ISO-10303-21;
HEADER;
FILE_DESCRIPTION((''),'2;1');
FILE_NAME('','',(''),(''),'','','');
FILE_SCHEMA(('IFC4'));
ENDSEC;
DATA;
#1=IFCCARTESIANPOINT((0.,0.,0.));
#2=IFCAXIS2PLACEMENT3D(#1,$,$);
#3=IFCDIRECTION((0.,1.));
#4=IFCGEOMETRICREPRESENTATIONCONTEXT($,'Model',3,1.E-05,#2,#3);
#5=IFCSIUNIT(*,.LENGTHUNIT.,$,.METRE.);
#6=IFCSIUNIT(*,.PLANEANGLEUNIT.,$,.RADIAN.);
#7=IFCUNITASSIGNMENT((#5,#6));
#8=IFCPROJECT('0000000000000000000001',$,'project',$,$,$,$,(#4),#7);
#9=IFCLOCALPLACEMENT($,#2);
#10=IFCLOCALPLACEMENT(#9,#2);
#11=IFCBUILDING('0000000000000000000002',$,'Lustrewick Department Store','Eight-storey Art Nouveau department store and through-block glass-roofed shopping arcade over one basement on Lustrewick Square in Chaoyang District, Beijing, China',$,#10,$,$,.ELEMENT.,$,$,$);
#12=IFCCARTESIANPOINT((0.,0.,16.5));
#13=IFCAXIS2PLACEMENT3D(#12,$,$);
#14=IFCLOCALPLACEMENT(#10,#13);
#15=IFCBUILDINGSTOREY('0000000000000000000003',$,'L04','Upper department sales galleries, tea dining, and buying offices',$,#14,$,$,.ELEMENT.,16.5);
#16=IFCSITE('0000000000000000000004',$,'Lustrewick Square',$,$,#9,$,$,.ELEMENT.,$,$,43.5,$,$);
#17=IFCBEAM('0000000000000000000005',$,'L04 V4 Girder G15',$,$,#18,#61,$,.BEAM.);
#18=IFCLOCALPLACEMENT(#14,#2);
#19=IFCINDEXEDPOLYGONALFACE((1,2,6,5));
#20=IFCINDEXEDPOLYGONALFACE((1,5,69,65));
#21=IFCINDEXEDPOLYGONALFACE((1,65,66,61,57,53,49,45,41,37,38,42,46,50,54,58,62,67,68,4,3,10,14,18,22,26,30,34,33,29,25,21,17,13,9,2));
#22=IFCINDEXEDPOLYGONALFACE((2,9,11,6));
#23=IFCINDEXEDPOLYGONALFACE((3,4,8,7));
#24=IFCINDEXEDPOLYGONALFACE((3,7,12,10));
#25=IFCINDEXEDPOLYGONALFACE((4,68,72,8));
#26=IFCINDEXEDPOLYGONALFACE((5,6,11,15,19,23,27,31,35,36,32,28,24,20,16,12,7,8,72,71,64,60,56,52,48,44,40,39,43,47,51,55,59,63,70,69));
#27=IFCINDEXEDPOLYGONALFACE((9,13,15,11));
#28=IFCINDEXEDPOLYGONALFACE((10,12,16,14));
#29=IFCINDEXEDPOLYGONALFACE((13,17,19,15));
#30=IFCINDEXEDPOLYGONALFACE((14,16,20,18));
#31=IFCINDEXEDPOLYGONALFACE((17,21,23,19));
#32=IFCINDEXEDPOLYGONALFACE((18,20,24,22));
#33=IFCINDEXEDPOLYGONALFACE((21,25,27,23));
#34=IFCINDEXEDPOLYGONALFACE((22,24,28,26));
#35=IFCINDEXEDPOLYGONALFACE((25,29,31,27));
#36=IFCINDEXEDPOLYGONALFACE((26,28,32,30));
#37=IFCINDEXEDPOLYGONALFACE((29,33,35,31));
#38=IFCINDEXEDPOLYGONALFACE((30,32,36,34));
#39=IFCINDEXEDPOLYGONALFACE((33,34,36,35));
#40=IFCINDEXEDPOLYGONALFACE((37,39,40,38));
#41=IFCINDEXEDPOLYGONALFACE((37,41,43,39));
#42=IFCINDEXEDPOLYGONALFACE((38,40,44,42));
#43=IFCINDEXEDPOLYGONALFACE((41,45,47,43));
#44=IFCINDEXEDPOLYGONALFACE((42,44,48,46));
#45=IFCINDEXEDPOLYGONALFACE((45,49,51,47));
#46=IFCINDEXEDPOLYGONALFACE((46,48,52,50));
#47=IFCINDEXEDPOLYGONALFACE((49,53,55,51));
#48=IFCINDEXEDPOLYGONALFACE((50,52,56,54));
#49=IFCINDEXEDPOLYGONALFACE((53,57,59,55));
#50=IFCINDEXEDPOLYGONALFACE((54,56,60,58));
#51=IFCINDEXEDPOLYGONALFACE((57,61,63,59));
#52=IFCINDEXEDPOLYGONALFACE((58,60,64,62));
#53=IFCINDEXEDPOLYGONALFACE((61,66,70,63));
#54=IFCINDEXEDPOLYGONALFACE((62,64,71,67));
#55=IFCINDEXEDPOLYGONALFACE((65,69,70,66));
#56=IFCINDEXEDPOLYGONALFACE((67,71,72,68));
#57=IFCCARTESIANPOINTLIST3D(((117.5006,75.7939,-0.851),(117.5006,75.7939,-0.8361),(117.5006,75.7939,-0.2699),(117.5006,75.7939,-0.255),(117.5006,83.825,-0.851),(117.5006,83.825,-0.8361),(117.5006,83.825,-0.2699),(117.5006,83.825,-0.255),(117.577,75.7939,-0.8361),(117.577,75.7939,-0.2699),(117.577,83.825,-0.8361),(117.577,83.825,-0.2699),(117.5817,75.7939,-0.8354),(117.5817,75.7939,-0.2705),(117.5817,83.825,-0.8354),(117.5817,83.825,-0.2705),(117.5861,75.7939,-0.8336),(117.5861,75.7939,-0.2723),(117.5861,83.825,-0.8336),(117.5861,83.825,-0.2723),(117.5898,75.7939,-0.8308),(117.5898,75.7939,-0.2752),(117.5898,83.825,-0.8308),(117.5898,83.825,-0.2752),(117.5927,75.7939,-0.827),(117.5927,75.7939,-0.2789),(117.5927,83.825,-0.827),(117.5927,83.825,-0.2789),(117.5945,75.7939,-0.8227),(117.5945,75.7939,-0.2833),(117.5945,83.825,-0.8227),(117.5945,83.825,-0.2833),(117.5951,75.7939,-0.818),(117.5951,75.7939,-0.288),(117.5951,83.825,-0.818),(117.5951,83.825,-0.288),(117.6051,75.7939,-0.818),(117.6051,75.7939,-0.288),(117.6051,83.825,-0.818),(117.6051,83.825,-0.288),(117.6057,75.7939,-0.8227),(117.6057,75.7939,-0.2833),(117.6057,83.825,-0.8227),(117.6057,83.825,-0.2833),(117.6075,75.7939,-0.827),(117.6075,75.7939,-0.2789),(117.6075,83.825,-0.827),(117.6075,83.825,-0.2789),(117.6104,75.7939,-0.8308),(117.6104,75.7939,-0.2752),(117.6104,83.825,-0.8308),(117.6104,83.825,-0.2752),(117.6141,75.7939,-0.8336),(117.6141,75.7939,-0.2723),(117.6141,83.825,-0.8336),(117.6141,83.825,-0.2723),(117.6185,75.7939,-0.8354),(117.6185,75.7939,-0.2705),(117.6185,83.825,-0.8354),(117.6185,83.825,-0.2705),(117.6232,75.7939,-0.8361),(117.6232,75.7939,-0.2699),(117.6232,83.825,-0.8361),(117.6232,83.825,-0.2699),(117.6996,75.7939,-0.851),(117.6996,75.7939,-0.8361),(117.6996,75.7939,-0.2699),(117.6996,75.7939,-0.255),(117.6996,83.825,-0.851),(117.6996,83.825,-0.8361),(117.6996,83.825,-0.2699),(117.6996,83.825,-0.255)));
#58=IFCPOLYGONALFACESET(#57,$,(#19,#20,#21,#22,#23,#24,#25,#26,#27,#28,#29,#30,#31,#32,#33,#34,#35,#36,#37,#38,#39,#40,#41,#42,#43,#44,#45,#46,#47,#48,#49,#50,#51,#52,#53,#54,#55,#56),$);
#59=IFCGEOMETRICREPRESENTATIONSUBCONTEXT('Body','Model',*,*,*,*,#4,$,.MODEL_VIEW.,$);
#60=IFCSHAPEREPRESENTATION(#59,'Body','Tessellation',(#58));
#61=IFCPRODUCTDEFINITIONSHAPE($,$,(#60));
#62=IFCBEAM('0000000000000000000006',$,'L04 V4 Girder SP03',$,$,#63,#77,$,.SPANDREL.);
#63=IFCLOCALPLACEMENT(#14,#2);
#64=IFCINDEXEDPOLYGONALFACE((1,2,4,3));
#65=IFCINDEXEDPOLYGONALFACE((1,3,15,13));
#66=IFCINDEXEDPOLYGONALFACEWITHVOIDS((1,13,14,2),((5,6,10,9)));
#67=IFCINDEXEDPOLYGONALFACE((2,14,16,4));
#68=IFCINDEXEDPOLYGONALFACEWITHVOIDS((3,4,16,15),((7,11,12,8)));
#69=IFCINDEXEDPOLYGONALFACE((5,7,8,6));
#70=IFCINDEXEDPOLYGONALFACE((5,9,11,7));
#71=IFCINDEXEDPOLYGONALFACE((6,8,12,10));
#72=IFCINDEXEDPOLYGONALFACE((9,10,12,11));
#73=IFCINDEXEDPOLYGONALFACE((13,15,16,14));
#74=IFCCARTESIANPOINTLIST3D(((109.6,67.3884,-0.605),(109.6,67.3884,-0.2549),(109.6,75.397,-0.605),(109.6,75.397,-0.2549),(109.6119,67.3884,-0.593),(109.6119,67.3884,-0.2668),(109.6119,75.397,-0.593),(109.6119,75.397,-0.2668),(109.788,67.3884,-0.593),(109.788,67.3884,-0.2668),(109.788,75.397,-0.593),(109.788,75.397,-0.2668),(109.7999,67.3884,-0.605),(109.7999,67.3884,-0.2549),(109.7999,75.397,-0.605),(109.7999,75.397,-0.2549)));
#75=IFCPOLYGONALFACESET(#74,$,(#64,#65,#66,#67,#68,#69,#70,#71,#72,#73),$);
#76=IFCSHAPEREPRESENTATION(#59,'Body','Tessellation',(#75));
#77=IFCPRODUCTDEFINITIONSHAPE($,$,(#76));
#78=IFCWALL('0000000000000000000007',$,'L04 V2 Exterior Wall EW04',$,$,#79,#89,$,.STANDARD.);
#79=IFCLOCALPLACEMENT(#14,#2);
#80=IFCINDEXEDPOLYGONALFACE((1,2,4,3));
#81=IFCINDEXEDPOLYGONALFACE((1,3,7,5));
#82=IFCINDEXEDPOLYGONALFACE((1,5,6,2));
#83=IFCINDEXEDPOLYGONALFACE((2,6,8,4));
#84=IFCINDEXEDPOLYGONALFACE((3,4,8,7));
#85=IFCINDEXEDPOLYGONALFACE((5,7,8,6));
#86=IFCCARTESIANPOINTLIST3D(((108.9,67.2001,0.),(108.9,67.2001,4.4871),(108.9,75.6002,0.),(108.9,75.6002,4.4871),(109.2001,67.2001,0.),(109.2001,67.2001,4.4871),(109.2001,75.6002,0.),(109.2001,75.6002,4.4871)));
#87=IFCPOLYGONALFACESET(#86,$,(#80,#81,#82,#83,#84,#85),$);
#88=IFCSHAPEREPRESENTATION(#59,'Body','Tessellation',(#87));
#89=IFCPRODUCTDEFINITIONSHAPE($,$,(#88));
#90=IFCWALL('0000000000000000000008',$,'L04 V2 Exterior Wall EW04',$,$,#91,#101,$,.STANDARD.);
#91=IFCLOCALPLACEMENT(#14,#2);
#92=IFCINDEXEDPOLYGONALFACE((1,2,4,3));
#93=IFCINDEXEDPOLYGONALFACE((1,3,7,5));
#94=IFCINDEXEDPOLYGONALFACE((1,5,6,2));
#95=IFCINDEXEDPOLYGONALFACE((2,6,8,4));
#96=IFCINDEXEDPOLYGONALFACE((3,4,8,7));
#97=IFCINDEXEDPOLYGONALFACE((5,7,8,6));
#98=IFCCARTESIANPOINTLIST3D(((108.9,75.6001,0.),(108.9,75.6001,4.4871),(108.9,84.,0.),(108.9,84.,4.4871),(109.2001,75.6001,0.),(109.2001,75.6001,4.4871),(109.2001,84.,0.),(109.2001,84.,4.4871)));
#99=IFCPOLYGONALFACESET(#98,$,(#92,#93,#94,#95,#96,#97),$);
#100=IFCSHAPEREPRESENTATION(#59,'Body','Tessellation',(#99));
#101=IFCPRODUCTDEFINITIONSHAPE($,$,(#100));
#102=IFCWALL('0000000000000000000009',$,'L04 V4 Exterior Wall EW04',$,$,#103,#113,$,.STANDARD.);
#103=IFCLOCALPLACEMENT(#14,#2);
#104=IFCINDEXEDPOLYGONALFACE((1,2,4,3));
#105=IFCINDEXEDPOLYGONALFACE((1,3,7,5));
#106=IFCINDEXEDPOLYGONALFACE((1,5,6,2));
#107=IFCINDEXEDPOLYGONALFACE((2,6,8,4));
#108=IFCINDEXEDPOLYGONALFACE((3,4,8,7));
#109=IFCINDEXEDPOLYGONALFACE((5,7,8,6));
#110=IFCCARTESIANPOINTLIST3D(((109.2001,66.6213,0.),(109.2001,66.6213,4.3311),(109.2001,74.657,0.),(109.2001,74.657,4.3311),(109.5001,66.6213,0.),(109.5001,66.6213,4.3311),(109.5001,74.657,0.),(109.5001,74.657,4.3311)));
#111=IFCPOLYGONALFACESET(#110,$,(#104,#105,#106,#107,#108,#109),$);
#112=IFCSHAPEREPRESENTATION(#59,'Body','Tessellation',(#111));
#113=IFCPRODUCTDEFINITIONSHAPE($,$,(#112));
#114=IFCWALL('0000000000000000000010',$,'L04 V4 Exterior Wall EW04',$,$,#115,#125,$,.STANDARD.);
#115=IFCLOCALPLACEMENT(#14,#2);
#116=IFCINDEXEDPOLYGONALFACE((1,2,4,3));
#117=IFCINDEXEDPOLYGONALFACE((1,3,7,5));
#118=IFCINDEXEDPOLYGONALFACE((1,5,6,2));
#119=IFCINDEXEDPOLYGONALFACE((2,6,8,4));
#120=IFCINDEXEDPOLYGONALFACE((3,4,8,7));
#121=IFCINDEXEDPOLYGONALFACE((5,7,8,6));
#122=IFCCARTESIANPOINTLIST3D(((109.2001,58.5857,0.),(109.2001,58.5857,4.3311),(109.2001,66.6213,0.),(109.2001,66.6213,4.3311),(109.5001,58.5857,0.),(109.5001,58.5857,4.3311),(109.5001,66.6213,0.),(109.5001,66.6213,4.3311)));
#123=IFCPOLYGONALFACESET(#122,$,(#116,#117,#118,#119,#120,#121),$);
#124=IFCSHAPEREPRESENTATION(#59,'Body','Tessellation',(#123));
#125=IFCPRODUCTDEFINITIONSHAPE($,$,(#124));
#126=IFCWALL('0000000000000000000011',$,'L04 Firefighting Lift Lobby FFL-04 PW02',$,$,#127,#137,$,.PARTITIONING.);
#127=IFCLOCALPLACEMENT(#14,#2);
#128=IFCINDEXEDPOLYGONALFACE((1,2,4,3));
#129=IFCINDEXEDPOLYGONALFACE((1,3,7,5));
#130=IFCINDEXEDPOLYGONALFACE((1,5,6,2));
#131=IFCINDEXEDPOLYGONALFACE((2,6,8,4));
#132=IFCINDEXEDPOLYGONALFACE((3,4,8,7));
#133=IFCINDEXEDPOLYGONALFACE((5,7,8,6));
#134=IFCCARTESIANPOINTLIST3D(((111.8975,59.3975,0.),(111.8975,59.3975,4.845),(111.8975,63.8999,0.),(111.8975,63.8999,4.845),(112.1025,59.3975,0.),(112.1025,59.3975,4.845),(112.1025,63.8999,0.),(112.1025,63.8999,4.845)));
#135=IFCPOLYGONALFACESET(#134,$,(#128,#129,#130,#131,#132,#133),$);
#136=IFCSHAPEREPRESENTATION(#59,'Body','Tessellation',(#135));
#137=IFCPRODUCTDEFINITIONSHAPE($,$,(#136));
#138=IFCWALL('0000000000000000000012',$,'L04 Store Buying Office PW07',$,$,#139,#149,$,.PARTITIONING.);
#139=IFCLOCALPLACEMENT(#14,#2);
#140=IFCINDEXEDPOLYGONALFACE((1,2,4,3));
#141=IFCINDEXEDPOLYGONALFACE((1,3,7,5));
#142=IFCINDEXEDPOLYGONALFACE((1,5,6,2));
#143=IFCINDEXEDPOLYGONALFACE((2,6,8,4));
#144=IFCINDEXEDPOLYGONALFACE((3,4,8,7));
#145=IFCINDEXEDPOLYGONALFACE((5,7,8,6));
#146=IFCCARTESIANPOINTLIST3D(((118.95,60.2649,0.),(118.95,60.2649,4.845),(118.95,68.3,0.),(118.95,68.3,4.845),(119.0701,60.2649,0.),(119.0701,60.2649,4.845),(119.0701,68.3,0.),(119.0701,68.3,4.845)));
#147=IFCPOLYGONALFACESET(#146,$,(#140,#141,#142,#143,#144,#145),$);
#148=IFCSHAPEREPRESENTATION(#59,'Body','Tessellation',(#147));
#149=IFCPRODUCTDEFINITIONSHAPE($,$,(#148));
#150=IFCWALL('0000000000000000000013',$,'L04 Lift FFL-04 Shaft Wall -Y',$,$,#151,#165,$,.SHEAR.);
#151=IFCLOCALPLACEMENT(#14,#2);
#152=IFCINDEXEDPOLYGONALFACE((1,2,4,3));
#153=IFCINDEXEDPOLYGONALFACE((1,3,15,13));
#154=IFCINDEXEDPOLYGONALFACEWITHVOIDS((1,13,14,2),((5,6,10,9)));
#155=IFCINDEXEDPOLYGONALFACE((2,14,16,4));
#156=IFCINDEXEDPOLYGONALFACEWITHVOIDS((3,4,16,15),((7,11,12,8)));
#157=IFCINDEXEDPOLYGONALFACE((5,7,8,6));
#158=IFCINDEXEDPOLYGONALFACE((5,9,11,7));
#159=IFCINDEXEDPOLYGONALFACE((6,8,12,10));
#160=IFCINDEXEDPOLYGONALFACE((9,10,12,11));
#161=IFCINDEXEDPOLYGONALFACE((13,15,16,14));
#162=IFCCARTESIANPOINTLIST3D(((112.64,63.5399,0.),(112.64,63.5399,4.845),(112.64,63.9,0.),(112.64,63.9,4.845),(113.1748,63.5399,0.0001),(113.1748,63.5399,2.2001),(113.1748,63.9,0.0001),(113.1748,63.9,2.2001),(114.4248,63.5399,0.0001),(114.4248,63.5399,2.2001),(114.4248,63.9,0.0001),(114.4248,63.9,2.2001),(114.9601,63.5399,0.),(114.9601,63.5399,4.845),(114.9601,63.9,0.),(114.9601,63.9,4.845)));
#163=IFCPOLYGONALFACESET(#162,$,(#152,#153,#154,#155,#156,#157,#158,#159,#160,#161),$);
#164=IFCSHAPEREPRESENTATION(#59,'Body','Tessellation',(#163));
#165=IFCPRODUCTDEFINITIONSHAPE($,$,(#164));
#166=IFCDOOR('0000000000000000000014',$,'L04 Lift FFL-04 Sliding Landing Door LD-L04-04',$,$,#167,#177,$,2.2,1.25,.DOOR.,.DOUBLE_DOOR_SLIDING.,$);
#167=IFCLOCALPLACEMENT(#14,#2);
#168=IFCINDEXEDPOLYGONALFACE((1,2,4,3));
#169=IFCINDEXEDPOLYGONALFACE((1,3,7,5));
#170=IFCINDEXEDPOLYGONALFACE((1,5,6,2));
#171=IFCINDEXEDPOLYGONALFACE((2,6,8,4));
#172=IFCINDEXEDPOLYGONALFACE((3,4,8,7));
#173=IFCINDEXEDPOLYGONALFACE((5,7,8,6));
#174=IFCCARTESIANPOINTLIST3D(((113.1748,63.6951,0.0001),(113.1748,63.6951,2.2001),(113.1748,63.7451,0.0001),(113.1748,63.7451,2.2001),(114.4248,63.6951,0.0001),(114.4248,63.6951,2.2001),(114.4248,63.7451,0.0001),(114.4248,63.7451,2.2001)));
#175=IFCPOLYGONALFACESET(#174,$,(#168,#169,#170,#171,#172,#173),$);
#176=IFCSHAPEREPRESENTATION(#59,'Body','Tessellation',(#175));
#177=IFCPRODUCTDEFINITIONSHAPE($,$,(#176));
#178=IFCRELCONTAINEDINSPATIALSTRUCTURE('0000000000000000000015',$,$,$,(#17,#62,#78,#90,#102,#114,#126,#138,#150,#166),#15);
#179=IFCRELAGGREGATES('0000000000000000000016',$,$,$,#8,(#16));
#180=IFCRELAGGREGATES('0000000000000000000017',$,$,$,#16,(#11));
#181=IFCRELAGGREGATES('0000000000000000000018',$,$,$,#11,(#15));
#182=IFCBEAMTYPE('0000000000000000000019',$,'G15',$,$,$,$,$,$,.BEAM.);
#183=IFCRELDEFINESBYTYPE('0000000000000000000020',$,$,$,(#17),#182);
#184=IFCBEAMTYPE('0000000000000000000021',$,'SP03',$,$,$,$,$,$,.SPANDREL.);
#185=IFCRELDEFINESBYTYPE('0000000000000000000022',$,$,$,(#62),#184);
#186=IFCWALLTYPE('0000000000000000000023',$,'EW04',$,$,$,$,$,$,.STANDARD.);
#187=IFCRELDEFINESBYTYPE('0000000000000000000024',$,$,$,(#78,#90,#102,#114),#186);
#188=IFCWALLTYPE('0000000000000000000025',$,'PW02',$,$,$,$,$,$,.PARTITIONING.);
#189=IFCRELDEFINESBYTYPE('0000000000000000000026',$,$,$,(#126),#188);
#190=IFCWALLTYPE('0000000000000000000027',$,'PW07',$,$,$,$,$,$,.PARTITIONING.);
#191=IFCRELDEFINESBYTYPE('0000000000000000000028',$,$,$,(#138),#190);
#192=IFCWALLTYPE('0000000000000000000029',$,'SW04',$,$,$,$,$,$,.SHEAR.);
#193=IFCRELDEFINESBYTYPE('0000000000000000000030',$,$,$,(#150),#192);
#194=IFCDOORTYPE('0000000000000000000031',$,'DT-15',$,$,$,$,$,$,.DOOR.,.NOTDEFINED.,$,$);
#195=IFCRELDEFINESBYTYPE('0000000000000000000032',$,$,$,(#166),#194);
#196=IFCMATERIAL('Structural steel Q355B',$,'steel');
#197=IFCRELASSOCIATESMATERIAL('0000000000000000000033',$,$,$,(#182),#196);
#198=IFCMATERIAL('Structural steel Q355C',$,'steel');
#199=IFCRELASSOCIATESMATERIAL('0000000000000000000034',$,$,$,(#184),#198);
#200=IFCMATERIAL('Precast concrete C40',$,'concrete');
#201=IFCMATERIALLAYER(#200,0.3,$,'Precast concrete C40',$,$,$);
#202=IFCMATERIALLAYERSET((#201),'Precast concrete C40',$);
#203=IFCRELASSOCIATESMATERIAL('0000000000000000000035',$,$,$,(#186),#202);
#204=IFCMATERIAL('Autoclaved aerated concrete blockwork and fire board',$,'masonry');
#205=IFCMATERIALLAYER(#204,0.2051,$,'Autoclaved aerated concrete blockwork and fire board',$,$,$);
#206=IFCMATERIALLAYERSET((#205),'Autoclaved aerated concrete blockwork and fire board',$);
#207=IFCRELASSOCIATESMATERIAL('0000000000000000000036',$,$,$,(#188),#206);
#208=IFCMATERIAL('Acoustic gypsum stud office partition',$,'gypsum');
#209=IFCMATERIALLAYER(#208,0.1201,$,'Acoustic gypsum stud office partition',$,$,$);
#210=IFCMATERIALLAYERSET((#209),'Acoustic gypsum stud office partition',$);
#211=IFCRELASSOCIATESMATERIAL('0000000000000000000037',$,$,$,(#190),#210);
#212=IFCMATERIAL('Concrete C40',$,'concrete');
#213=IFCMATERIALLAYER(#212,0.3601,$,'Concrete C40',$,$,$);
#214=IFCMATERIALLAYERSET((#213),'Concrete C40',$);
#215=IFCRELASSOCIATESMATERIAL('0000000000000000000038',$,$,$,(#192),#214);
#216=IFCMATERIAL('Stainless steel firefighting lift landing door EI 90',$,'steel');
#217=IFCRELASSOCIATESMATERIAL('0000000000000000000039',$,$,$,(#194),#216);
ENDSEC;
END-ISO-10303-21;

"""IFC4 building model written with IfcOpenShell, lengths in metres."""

from ifc_helpers import new_model, si_unit, direction, frame, frame_2d, origin, origin_2d, place, context, subcontext, project, spatial, rectangle, hollow_rectangle, i_section, extrude, material, layer, layer_set, material_profile, profile_set, type_object, element, fill, save


model = new_model("IFC4")

# Units and contexts
model_context = context("Model", 3, precision=1e-05, world=origin(), true_north=direction((0.0, 1.0)))
body_context = subcontext(model_context, "Body", "Model", "MODEL_VIEW")
ifc_project = project(units=[si_unit("LENGTHUNIT", "METRE"), si_unit("PLANEANGLEUNIT", "RADIAN")], contexts=[model_context])

# Site, building, storey
site_placement = place(None, origin())
site = spatial("IfcSite", under=ifc_project, at=site_placement, Name="Lustrewick Square", CompositionType="ELEMENT", RefElevation=43.5)
building_placement = place(site_placement, origin())
building = spatial("IfcBuilding", under=site, at=building_placement, Name="Lustrewick Department Store", Description="Eight-storey Art Nouveau department store and through-block glass-roofed shopping arcade over one basement on Lustrewick Square in Chaoyang District, Beijing, China", CompositionType="ELEMENT")
storey_placement = place(building_placement, frame((0.0, 0.0, 16.5)))
storey = spatial("IfcBuildingStorey", under=building, at=storey_placement, Name="L04", Description="Upper department sales galleries, tea dining, and buying offices", CompositionType="ELEMENT", Elevation=16.5)

# Shared definitions
ifc_material_1 = material(Name="Structural steel Q355B", Category="steel")
ifc_material_2 = material(Name="Structural steel Q355C", Category="steel")

# Beams
ifc_material_profile_1 = material_profile(ifc_material_1, i_section(OverallWidth=0.199, OverallDepth=0.5959, WebThickness=0.01, FlangeThickness=0.0149, FilletRadius=0.0181, at=origin_2d()), Name="HN 596x199x10x15")
ifc_profile_set_1 = profile_set([ifc_material_profile_1], Name="Structural steel Q355B")
beam_type_1 = type_object("IfcBeamType", Name="G15", PredefinedType="BEAM", material=ifc_profile_set_1)
beam_1_placement = place(storey_placement, frame((117.6001, 75.7939, -0.553), z_axis=(0.0, 1.0, 0.0), x_axis=(-1.0, 0.0, 0.0)))
element("IfcBeam", 1, at=beam_1_placement, inside=storey, type_object=beam_type_1, Name="L04 V4 Girder G15", PredefinedType="BEAM", context=body_context, shape_type="SweptSolid", body=[
    extrude(i_section(OverallWidth=0.199, OverallDepth=0.5959, WebThickness=0.01, FlangeThickness=0.0149, FilletRadius=0.0181, at=origin_2d()), origin(), (0.0, 0.0, 1.0), 8.031),
])
ifc_material_profile_2 = material_profile(ifc_material_2, hollow_rectangle(XDim=0.2, YDim=0.3501, WallThickness=0.012, at=origin_2d()), Name="RHS 350x200x12")
ifc_profile_set_2 = profile_set([ifc_material_profile_2], Name="Structural steel Q355C")
beam_type_2 = type_object("IfcBeamType", Name="SP03", PredefinedType="SPANDREL", material=ifc_profile_set_2)
beam_2_placement = place(storey_placement, frame((109.7, 67.3884, -0.4299), z_axis=(0.0, 1.0, 0.0), x_axis=(-1.0, 0.0, 0.0)))
element("IfcBeam", 2, at=beam_2_placement, inside=storey, type_object=beam_type_2, Name="L04 V4 Girder SP03", PredefinedType="SPANDREL", context=body_context, shape_type="SweptSolid", body=[
    extrude(hollow_rectangle(XDim=0.2, YDim=0.3501, WallThickness=0.012, at=origin_2d()), origin(), (0.0, 0.0, 1.0), 8.0085),
])

# Walls
ifc_material_3 = material(Name="Precast concrete C40", Category="concrete")
ifc_layer_1 = layer(ifc_material_3, 0.3, Name="Precast concrete C40")
ifc_layer_set_1 = layer_set([ifc_layer_1], Name="Precast concrete C40")
wall_type_1 = type_object("IfcWallType", Name="EW04", PredefinedType="STANDARD", material=ifc_layer_set_1)
wall_1_placement = place(storey_placement, frame((109.05, 67.2, 0.0), z_axis=(0.0, 0.0, 1.0), x_axis=(0.0, 1.0, 0.0)))
element("IfcWall", 3, at=wall_1_placement, inside=storey, type_object=wall_type_1, Name="L04 V2 Exterior Wall EW04", PredefinedType="STANDARD", context=body_context, shape_type="SweptSolid", body=[
    extrude(rectangle(XDim=8.4001, YDim=0.3, at=frame_2d((4.2002, 0.0))), origin(), (0.0, 0.0, 1.0), 4.4871),
])
wall_2_placement = place(storey_placement, frame((109.05, 75.6001, 0.0), z_axis=(0.0, 0.0, 1.0), x_axis=(0.0, 1.0, 0.0)))
element("IfcWall", 4, at=wall_2_placement, inside=storey, type_object=wall_type_1, Name="L04 V2 Exterior Wall EW04", PredefinedType="STANDARD", context=body_context, shape_type="SweptSolid", body=[
    extrude(rectangle(XDim=8.3999, YDim=0.3, at=frame_2d((4.2, 0.0))), origin(), (0.0, 0.0, 1.0), 4.4871),
])
for number, where, z_axis, x_axis, name in (
    (5, (109.3501, 74.657, 0.0), (0.0, 0.0, 1.0), (0.0, -1.0, 0.0), "L04 V4 Exterior Wall EW04"),
    (6, (109.3501, 66.6213, 0.0), (0.0, 0.0, 1.0), (0.0, -1.0, 0.0), "L04 V4 Exterior Wall EW04"),
):
    element("IfcWall", number, at=place(storey_placement, frame(where, z_axis=z_axis, x_axis=x_axis)), inside=storey, type_object=wall_type_1, Name=name, PredefinedType="STANDARD", context=body_context, shape_type="SweptSolid", body=[
        extrude(rectangle(XDim=8.0356, YDim=0.3, at=frame_2d((4.0178, 0.0))), origin(), (0.0, 0.0, 1.0), 4.3311),
    ])
ifc_material_4 = material(Name="Autoclaved aerated concrete blockwork and fire board", Category="masonry")
ifc_layer_2 = layer(ifc_material_4, 0.2051, Name="Autoclaved aerated concrete blockwork and fire board")
ifc_layer_set_2 = layer_set([ifc_layer_2], Name="Autoclaved aerated concrete blockwork and fire board")
wall_type_2 = type_object("IfcWallType", Name="PW02", PredefinedType="PARTITIONING", material=ifc_layer_set_2)
wall_3_placement = place(storey_placement, frame((112.0, 63.8999, 0.0), z_axis=(0.0, 0.0, 1.0), x_axis=(0.0, -1.0, 0.0)))
element("IfcWall", 7, at=wall_3_placement, inside=storey, type_object=wall_type_2, Name="L04 Firefighting Lift Lobby FFL-04 PW02", PredefinedType="PARTITIONING", context=body_context, shape_type="SweptSolid", body=[
    extrude(rectangle(XDim=4.5024, YDim=0.2051, at=frame_2d((2.2512, 0.0))), origin(), (0.0, 0.0, 1.0), 4.845),
])
ifc_material_5 = material(Name="Acoustic gypsum stud office partition", Category="gypsum")
ifc_layer_3 = layer(ifc_material_5, 0.1201, Name="Acoustic gypsum stud office partition")
ifc_layer_set_3 = layer_set([ifc_layer_3], Name="Acoustic gypsum stud office partition")
wall_type_3 = type_object("IfcWallType", Name="PW07", PredefinedType="PARTITIONING", material=ifc_layer_set_3)
wall_4_placement = place(storey_placement, frame((119.01, 68.3, 0.0), z_axis=(0.0, 0.0, 1.0), x_axis=(0.0, -1.0, 0.0)))
element("IfcWall", 8, at=wall_4_placement, inside=storey, type_object=wall_type_3, Name="L04 Store Buying Office PW07", PredefinedType="PARTITIONING", context=body_context, shape_type="SweptSolid", body=[
    extrude(rectangle(XDim=8.0352, YDim=0.1201, at=frame_2d((4.0176, 0.0))), origin(), (0.0, 0.0, 1.0), 4.845),
])

# Wall, opening, door
ifc_material_6 = material(Name="Concrete C40", Category="concrete")
ifc_layer_4 = layer(ifc_material_6, 0.3601, Name="Concrete C40")
ifc_layer_set_4 = layer_set([ifc_layer_4], Name="Concrete C40")
wall_type_4 = type_object("IfcWallType", Name="SW04", PredefinedType="SHEAR", material=ifc_layer_set_4)
wall_5_placement = place(storey_placement, frame((112.6399, 63.72, 0.0), z_axis=(0.0, 0.0, 1.0), x_axis=(1.0, 0.0, 0.0)))
wall_5 = element("IfcWall", 9, at=wall_5_placement, inside=storey, type_object=wall_type_4, Name="L04 Lift FFL-04 Shaft Wall -Y", PredefinedType="SHEAR", context=body_context, shape_type="SweptSolid", body=[
    extrude(rectangle(XDim=2.3201, YDim=0.3601, at=frame_2d((1.1602, 0.0))), origin(), (0.0, 0.0, 1.0), 4.845),
])
opening_placement = place(wall_5_placement, frame((0.5349, 0.0, 0.0)))
opening = element("IfcOpeningElement", 10, at=opening_placement, cuts=wall_5, PredefinedType="OPENING", context=body_context, shape_type="SweptSolid", body=[
    extrude(rectangle(XDim=1.25, YDim=2.2, at=frame_2d((0.625, 1.1001))), frame((0.0, 0.1899, 0.0), z_axis=(0.0, -1.0, 0.0), x_axis=(1.0, 0.0, 0.0)), (0.0, 0.0, 1.0), 0.3801),
])
ifc_material_7 = material(Name="Stainless steel firefighting lift landing door EI 90", Category="steel")
door_type = type_object("IfcDoorType", Name="DT-15", OperationType="NOTDEFINED", PredefinedType="DOOR", material=ifc_material_7)
door_placement = place(opening_placement, frame((1.25, 0.0, 0.0), z_axis=(0.0, 0.0, 1.0), x_axis=(-1.0, 0.0, 0.0)))
door = element("IfcDoor", 11, at=door_placement, inside=storey, type_object=door_type, Name="L04 Lift FFL-04 Sliding Landing Door LD-L04-04", OperationType="DOUBLE_DOOR_SLIDING", OverallHeight=2.2, OverallWidth=1.25, PredefinedType="DOOR", context=body_context, shape_type="SweptSolid", body=[
    extrude(rectangle(XDim=1.25, YDim=2.2, at=frame_2d((0.625, 1.1001))), frame((0.0, 0.0249, 0.0), z_axis=(0.0, -1.0, 0.0), x_axis=(1.0, 0.0, 0.0)), (0.0, 0.0, 1.0), 0.05),
])
fill(opening, door)

save(model, "model.ifc")
